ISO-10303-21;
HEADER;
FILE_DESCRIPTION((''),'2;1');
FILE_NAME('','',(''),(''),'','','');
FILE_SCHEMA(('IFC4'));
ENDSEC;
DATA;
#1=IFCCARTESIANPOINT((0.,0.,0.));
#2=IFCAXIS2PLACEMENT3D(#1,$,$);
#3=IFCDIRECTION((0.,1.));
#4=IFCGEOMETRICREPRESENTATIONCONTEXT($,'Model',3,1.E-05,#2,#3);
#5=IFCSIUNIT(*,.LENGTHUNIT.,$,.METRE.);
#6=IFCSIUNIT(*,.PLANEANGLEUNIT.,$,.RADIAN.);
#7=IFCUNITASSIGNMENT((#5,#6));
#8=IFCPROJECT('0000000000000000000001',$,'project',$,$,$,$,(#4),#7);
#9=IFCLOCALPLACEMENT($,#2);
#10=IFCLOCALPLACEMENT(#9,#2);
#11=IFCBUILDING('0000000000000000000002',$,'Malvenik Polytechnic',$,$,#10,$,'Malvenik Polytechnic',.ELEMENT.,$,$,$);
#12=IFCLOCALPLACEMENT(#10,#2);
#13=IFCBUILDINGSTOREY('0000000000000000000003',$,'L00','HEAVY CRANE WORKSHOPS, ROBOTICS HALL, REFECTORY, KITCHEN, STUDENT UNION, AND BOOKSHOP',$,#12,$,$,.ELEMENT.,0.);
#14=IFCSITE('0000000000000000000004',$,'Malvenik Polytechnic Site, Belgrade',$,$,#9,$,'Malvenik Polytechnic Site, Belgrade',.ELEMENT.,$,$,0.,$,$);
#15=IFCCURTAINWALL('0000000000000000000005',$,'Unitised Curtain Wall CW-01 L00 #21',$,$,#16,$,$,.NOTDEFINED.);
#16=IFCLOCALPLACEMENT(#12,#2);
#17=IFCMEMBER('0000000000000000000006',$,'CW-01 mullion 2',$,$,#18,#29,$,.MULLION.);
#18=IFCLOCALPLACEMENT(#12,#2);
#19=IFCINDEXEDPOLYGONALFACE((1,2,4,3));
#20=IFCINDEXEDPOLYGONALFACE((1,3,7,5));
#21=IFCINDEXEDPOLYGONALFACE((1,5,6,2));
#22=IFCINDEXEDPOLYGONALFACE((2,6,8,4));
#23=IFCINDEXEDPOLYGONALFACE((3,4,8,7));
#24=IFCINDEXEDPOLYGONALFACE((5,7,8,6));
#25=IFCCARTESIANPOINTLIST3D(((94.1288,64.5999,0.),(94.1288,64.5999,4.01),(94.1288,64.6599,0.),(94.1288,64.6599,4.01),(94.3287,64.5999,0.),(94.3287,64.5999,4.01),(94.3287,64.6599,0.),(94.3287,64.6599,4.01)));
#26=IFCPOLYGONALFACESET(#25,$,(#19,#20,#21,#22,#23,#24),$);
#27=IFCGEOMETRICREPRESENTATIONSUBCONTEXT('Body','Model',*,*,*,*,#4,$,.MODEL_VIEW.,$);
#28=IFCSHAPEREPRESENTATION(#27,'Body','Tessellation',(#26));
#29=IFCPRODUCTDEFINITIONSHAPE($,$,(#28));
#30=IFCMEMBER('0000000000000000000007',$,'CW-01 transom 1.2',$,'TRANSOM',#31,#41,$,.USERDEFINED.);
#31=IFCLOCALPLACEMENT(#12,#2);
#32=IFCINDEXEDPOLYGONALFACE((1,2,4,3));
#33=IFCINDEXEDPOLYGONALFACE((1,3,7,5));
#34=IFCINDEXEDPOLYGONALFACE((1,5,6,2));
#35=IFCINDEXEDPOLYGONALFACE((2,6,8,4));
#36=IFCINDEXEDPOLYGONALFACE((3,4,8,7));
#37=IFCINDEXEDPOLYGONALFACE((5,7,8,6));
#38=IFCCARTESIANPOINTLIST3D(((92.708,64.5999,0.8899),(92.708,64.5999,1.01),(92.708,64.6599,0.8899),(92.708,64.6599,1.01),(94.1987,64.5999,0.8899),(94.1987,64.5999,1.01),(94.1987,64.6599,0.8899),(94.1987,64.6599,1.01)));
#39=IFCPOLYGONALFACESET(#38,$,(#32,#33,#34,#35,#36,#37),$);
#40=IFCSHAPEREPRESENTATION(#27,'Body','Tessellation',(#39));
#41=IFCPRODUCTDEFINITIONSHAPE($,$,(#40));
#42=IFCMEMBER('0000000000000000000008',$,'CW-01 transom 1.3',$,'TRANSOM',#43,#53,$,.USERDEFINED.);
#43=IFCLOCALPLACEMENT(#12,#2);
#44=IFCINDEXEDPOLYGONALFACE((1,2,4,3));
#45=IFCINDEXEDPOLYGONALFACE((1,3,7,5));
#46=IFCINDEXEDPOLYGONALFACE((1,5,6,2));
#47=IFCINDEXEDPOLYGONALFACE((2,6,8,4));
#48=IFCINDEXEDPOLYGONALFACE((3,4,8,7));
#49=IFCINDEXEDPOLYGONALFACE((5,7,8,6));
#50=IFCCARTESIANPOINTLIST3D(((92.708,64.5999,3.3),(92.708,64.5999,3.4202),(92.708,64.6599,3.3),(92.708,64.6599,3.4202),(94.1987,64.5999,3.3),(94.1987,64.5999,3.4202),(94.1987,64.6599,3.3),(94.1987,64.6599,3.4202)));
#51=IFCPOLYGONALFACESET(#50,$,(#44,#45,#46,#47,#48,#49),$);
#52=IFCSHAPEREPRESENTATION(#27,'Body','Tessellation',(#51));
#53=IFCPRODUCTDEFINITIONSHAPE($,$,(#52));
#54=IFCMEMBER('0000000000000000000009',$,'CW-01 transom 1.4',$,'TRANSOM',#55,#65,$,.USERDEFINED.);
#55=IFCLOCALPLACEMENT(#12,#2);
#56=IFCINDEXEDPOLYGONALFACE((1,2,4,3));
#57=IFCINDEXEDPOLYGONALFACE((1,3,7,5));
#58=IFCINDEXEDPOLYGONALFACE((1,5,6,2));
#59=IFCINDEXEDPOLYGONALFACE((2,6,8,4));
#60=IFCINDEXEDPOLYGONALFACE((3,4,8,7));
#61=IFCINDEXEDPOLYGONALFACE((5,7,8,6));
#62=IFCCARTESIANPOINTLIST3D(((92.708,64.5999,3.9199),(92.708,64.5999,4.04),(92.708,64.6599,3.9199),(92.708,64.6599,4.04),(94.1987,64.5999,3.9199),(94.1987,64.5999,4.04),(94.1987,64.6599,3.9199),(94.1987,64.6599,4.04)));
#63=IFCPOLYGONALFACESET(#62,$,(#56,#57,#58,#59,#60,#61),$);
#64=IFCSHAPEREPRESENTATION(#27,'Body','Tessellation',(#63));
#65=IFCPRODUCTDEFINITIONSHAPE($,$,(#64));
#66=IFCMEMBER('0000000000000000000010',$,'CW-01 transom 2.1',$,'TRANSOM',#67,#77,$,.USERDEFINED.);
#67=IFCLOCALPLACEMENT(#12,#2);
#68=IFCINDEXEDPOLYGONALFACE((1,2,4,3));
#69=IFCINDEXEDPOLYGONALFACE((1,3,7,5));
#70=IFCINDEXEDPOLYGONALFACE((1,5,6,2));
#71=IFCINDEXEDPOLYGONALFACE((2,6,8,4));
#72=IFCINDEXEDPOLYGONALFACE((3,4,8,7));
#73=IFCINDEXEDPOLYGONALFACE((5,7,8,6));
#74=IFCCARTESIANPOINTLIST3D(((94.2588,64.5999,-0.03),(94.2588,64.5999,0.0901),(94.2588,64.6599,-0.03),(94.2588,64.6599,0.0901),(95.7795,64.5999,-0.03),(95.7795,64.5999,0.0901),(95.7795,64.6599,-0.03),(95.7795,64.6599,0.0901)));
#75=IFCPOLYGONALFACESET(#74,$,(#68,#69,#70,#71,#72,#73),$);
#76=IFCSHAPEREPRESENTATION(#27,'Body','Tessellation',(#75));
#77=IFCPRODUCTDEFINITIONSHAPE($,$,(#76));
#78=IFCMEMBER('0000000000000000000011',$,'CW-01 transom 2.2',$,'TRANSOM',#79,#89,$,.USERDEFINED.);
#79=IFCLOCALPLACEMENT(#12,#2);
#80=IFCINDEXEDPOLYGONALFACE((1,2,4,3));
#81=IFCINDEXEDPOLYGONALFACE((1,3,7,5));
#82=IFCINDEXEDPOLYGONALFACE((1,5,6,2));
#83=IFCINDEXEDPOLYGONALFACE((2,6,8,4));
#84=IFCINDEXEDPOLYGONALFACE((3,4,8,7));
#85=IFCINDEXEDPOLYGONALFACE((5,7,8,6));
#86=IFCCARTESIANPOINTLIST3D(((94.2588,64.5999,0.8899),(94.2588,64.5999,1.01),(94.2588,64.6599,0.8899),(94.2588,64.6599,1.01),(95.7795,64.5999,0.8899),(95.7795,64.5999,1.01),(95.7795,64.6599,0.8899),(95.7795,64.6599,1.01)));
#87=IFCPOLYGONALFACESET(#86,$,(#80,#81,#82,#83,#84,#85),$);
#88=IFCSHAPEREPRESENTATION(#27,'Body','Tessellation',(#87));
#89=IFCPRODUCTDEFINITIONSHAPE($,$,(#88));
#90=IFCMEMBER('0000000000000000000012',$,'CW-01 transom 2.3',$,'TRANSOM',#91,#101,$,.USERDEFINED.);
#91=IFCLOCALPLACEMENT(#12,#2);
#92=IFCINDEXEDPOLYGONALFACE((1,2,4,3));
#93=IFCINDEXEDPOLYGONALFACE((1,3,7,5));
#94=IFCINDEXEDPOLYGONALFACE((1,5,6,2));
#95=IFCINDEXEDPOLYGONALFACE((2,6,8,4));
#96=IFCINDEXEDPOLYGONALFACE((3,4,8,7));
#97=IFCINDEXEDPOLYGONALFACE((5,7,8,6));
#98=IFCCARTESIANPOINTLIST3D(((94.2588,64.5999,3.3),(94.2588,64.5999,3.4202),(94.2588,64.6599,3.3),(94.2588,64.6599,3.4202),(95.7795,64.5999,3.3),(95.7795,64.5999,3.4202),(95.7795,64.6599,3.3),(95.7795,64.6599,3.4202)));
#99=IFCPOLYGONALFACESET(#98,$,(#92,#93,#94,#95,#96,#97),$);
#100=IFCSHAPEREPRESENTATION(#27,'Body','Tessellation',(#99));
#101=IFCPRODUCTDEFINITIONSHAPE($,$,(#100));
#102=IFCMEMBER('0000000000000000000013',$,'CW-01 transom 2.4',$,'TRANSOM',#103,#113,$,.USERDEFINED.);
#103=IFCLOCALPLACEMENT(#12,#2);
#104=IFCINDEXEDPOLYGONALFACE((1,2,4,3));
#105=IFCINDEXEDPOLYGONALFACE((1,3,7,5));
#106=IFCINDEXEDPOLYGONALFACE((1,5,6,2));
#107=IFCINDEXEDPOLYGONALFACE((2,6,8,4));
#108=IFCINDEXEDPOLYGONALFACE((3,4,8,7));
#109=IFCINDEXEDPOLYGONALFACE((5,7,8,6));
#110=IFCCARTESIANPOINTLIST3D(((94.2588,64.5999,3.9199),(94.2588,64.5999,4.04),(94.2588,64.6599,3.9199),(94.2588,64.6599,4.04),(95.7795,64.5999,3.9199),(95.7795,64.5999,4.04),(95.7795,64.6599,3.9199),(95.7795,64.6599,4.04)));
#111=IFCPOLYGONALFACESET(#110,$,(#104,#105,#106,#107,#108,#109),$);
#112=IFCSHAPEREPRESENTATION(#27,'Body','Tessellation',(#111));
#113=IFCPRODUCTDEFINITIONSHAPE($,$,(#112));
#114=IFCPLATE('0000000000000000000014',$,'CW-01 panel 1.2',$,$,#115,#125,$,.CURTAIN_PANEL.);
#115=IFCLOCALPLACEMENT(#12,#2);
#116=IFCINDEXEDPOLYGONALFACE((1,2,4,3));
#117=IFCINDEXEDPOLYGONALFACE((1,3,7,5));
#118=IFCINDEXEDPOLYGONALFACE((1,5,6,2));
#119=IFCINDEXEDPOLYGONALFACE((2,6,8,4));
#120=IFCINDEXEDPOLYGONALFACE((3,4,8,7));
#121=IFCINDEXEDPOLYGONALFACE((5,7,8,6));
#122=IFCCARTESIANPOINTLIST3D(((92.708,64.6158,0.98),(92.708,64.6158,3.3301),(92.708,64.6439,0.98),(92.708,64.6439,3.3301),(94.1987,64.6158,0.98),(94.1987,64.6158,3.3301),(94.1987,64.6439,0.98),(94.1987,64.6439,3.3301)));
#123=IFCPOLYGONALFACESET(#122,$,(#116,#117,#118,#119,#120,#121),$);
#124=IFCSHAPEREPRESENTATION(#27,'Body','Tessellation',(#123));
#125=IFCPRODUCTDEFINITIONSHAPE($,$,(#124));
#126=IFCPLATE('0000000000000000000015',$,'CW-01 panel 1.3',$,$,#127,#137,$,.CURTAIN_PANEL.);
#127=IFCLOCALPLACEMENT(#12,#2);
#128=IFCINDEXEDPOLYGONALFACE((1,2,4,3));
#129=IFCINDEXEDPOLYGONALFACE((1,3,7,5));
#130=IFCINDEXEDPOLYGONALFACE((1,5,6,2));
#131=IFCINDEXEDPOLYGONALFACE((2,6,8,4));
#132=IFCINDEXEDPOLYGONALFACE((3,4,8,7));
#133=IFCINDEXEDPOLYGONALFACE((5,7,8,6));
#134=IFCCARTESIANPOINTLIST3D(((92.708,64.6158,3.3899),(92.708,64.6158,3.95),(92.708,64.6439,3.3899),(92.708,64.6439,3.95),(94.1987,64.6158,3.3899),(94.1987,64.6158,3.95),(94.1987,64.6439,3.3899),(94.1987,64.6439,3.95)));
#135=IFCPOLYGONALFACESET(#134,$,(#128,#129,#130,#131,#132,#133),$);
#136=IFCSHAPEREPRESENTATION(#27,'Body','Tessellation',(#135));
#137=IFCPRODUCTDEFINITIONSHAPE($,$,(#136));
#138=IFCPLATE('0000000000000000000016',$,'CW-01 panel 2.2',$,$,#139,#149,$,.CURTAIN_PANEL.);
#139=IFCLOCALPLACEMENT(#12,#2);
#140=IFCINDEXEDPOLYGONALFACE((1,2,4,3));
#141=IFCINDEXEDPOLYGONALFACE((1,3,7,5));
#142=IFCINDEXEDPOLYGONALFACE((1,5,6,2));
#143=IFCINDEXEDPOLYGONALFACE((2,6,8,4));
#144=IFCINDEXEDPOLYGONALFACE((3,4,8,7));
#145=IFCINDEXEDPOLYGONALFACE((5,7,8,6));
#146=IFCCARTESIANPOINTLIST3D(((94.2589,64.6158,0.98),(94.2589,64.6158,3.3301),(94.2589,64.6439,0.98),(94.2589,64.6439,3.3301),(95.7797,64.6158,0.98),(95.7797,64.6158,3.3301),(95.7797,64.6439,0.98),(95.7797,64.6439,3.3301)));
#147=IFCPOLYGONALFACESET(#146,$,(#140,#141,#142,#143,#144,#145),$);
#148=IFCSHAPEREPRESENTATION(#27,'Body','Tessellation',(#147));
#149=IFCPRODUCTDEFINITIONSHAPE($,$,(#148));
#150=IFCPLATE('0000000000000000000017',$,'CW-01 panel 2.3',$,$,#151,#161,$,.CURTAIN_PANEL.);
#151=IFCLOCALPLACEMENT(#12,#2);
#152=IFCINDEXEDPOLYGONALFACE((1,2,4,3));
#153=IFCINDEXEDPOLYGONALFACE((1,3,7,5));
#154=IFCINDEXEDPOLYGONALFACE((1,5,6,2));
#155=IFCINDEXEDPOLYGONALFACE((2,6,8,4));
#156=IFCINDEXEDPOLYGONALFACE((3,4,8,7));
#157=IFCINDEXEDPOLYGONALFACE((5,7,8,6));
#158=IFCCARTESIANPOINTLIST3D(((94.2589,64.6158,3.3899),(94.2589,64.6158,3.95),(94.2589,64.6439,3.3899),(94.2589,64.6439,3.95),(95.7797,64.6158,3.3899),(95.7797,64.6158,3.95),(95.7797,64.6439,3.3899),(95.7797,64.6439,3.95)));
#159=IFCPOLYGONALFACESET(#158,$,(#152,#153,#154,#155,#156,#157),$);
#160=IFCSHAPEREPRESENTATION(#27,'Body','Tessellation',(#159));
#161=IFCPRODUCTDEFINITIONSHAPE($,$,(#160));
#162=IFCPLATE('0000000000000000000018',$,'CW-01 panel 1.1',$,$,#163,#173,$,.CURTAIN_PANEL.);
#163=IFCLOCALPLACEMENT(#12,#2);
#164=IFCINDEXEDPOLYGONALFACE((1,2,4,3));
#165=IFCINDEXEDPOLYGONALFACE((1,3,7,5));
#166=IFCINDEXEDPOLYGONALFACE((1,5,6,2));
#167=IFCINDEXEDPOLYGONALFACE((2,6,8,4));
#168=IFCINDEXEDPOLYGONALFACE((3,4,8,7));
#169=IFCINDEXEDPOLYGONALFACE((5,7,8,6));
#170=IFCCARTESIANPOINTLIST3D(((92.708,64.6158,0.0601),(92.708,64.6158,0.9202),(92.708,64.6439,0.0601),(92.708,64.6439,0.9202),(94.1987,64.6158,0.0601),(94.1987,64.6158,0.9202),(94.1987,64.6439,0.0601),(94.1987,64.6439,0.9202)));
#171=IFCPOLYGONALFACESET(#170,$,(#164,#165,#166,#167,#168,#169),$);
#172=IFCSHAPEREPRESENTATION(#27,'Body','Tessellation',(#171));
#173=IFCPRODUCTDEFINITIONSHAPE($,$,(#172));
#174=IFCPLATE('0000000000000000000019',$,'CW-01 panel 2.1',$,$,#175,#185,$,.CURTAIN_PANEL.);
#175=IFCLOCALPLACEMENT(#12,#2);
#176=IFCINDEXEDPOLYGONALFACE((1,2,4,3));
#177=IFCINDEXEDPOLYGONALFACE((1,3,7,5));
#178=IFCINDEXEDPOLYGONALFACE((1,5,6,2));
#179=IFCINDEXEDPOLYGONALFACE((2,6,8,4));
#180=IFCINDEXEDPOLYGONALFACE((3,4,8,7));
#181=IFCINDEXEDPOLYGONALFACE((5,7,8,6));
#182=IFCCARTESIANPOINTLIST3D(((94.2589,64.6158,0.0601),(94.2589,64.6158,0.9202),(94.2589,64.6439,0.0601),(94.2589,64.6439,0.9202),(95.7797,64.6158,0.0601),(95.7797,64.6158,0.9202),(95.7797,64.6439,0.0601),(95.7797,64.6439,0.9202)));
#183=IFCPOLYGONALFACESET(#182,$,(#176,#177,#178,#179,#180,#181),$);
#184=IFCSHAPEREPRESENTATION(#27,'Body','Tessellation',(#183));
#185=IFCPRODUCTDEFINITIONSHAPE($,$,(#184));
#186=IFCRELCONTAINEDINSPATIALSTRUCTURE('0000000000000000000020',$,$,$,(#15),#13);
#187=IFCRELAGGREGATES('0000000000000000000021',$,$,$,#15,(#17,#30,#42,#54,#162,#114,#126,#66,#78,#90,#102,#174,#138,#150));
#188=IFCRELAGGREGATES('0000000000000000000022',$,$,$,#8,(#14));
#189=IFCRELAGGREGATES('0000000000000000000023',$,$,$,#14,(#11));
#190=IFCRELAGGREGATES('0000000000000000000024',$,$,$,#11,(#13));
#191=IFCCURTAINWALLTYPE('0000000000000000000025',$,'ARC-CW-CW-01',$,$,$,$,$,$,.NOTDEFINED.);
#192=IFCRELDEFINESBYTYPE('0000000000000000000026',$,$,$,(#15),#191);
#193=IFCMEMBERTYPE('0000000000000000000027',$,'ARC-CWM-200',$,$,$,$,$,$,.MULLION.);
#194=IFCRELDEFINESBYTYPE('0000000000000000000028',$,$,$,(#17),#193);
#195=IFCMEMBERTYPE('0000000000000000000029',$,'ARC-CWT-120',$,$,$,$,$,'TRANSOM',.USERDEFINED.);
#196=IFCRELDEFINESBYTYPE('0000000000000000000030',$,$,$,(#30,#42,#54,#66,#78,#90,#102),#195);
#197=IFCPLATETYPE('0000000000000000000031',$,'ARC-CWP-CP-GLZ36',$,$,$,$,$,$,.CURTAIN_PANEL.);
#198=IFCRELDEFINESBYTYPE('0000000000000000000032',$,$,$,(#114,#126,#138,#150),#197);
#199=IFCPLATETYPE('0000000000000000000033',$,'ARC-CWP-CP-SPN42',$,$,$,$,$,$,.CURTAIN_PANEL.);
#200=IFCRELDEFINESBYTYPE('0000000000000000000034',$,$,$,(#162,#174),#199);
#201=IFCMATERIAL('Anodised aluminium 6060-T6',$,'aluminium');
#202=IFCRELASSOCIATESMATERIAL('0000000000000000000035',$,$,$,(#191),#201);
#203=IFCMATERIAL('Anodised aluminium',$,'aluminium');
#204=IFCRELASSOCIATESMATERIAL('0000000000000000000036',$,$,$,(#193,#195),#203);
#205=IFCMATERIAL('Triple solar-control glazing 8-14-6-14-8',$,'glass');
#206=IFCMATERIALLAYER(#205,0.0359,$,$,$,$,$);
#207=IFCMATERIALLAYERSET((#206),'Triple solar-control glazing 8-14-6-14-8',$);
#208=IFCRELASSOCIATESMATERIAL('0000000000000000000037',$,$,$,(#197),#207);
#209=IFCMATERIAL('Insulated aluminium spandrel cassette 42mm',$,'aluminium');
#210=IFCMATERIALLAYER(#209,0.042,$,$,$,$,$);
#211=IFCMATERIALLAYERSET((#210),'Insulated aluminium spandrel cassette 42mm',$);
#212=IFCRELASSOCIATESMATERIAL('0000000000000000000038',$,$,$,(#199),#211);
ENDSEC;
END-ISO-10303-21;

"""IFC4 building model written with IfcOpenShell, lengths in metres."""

from ifc_helpers import new_model, si_unit, direction, frame, origin, origin_2d, place, context, subcontext, project, spatial, rectangle, extrude, material, layer, layer_set, material_profile, profile_set, type_object, element, aggregate, save


model = new_model("IFC4")

# Units and contexts
model_context = context("Model", 3, precision=1e-05, world=origin(), true_north=direction((0.0, 1.0)))
body_context = subcontext(model_context, "Body", "Model", "MODEL_VIEW")
ifc_project = project(units=[si_unit("LENGTHUNIT", "METRE"), si_unit("PLANEANGLEUNIT", "RADIAN")], contexts=[model_context])

# Site, building, storey
site_placement = place(None, origin())
site = spatial("IfcSite", under=ifc_project, at=site_placement, Name="Malvenik Polytechnic Site, Belgrade", LongName="Malvenik Polytechnic Site, Belgrade", CompositionType="ELEMENT", RefElevation=0.0)
building_placement = place(site_placement, origin())
building = spatial("IfcBuilding", under=site, at=building_placement, Name="Malvenik Polytechnic", LongName="Malvenik Polytechnic", CompositionType="ELEMENT")
storey_placement = place(building_placement, origin())
storey = spatial("IfcBuildingStorey", under=building, at=storey_placement, Name="L00", Description="HEAVY CRANE WORKSHOPS, ROBOTICS HALL, REFECTORY, KITCHEN, STUDENT UNION, AND BOOKSHOP", CompositionType="ELEMENT", Elevation=0.0)

# Curtain wall, members, plates
ifc_material_1 = material(Name="Anodised aluminium 6060-T6", Category="aluminium")
curtain_wall_type = type_object("IfcCurtainWallType", Name="ARC-CW-CW-01", PredefinedType="NOTDEFINED", material=ifc_material_1)
curtain_wall_placement = place(storey_placement, origin())
curtain_wall = element("IfcCurtainWall", 1, at=curtain_wall_placement, inside=storey, type_object=curtain_wall_type, Name="Unitised Curtain Wall CW-01 L00 #21", PredefinedType="NOTDEFINED")
ifc_material_2 = material(Name="Anodised aluminium", Category="aluminium")
ifc_material_profile_1 = material_profile(ifc_material_2, rectangle(XDim=0.0601, YDim=0.2, at=origin_2d()), Name="ALU MULLION 60x200")
ifc_profile_set_1 = profile_set([ifc_material_profile_1], Name="Anodised aluminium")
member_type_1 = type_object("IfcMemberType", Name="ARC-CWM-200", PredefinedType="MULLION", material=ifc_profile_set_1)
member_1_placement = place(storey_placement, frame((94.2288, 64.6299, 0.0), z_axis=(0.0, 0.0, 1.0), x_axis=(0.0, 1.0, 0.0)))
member_1 = element("IfcMember", 2, at=member_1_placement, type_object=member_type_1, Name="CW-01 mullion 2", PredefinedType="MULLION", context=body_context, shape_type="SweptSolid", body=[
    extrude(rectangle(XDim=0.0601, YDim=0.2, at=origin_2d()), origin(), (0.0, 0.0, 1.0), 4.01),
])
ifc_material_profile_2 = material_profile(ifc_material_2, rectangle(XDim=0.0601, YDim=0.1201, at=origin_2d()), Name="ALU TRANSOM 60x120")
ifc_profile_set_2 = profile_set([ifc_material_profile_2], Name="Anodised aluminium")
member_type_2 = type_object("IfcMemberType", Name="ARC-CWT-120", ElementType="TRANSOM", PredefinedType="USERDEFINED", material=ifc_profile_set_2)
member_2_placement = place(storey_placement, frame((92.708, 64.6299, 0.95), z_axis=(1.0, 0.0, 0.0), x_axis=(0.0, 1.0, 0.0)))
member_2 = element("IfcMember", 3, at=member_2_placement, type_object=member_type_2, Name="CW-01 transom 1.2", ObjectType="TRANSOM", PredefinedType="USERDEFINED", context=body_context, shape_type="SweptSolid", body=[
    extrude(rectangle(XDim=0.0601, YDim=0.1201, at=origin_2d()), origin(), (0.0, 0.0, 1.0), 1.4907),
])
member_3_placement = place(storey_placement, frame((92.708, 64.6299, 3.3601), z_axis=(1.0, 0.0, 0.0), x_axis=(0.0, 1.0, 0.0)))
member_3 = element("IfcMember", 4, at=member_3_placement, type_object=member_type_2, Name="CW-01 transom 1.3", ObjectType="TRANSOM", PredefinedType="USERDEFINED", context=body_context, shape_type="SweptSolid", body=[
    extrude(rectangle(XDim=0.0601, YDim=0.1201, at=origin_2d()), origin(), (0.0, 0.0, 1.0), 1.4907),
])
member_4_placement = place(storey_placement, frame((92.708, 64.6299, 3.98), z_axis=(1.0, 0.0, 0.0), x_axis=(0.0, 1.0, 0.0)))
member_4 = element("IfcMember", 5, at=member_4_placement, type_object=member_type_2, Name="CW-01 transom 1.4", ObjectType="TRANSOM", PredefinedType="USERDEFINED", context=body_context, shape_type="SweptSolid", body=[
    extrude(rectangle(XDim=0.0601, YDim=0.1201, at=origin_2d()), origin(), (0.0, 0.0, 1.0), 1.4907),
])
member_5_placement = place(storey_placement, frame((94.2588, 64.6299, 0.03), z_axis=(1.0, 0.0, 0.0), x_axis=(0.0, 1.0, 0.0)))
member_5 = element("IfcMember", 6, at=member_5_placement, type_object=member_type_2, Name="CW-01 transom 2.1", ObjectType="TRANSOM", PredefinedType="USERDEFINED", context=body_context, shape_type="SweptSolid", body=[
    extrude(rectangle(XDim=0.0601, YDim=0.1201, at=origin_2d()), origin(), (0.0, 0.0, 1.0), 1.5208),
])
member_6_placement = place(storey_placement, frame((94.2588, 64.6299, 0.95), z_axis=(1.0, 0.0, 0.0), x_axis=(0.0, 1.0, 0.0)))
member_6 = element("IfcMember", 7, at=member_6_placement, type_object=member_type_2, Name="CW-01 transom 2.2", ObjectType="TRANSOM", PredefinedType="USERDEFINED", context=body_context, shape_type="SweptSolid", body=[
    extrude(rectangle(XDim=0.0601, YDim=0.1201, at=origin_2d()), origin(), (0.0, 0.0, 1.0), 1.5208),
])
member_7_placement = place(storey_placement, frame((94.2588, 64.6299, 3.3601), z_axis=(1.0, 0.0, 0.0), x_axis=(0.0, 1.0, 0.0)))
member_7 = element("IfcMember", 8, at=member_7_placement, type_object=member_type_2, Name="CW-01 transom 2.3", ObjectType="TRANSOM", PredefinedType="USERDEFINED", context=body_context, shape_type="SweptSolid", body=[
    extrude(rectangle(XDim=0.0601, YDim=0.1201, at=origin_2d()), origin(), (0.0, 0.0, 1.0), 1.5208),
])
member_8_placement = place(storey_placement, frame((94.2588, 64.6299, 3.98), z_axis=(1.0, 0.0, 0.0), x_axis=(0.0, 1.0, 0.0)))
member_8 = element("IfcMember", 9, at=member_8_placement, type_object=member_type_2, Name="CW-01 transom 2.4", ObjectType="TRANSOM", PredefinedType="USERDEFINED", context=body_context, shape_type="SweptSolid", body=[
    extrude(rectangle(XDim=0.0601, YDim=0.1201, at=origin_2d()), origin(), (0.0, 0.0, 1.0), 1.5208),
])
ifc_material_3 = material(Name="Triple solar-control glazing 8-14-6-14-8", Category="glass")
ifc_layer_1 = layer(ifc_material_3, 0.0359)
ifc_layer_set_1 = layer_set([ifc_layer_1], Name="Triple solar-control glazing 8-14-6-14-8")
plate_type_1 = type_object("IfcPlateType", Name="ARC-CWP-CP-GLZ36", PredefinedType="CURTAIN_PANEL", material=ifc_layer_set_1)
plate_1_placement = place(storey_placement, frame((93.4534, 64.6299, 0.98), z_axis=(0.0, 0.0, 1.0), x_axis=(1.0, 0.0, 0.0)))
plate_1 = element("IfcPlate", 10, at=plate_1_placement, type_object=plate_type_1, Name="CW-01 panel 1.2", PredefinedType="CURTAIN_PANEL", context=body_context, shape_type="SweptSolid", body=[
    extrude(rectangle(XDim=1.4907, YDim=0.0281, at=origin_2d()), origin(), (0.0, 0.0, 1.0), 2.3501),
])
plate_2_placement = place(storey_placement, frame((93.4534, 64.6299, 3.3899), z_axis=(0.0, 0.0, 1.0), x_axis=(1.0, 0.0, 0.0)))
plate_2 = element("IfcPlate", 11, at=plate_2_placement, type_object=plate_type_1, Name="CW-01 panel 1.3", PredefinedType="CURTAIN_PANEL", context=body_context, shape_type="SweptSolid", body=[
    extrude(rectangle(XDim=1.4907, YDim=0.0281, at=origin_2d()), origin(), (0.0, 0.0, 1.0), 0.5601),
])
plate_3_placement = place(storey_placement, frame((95.0193, 64.6299, 0.98), z_axis=(0.0, 0.0, 1.0), x_axis=(1.0, 0.0, 0.0)))
plate_3 = element("IfcPlate", 12, at=plate_3_placement, type_object=plate_type_1, Name="CW-01 panel 2.2", PredefinedType="CURTAIN_PANEL", context=body_context, shape_type="SweptSolid", body=[
    extrude(rectangle(XDim=1.5208, YDim=0.0281, at=origin_2d()), origin(), (0.0, 0.0, 1.0), 2.3501),
])
plate_4_placement = place(storey_placement, frame((95.0193, 64.6299, 3.3899), z_axis=(0.0, 0.0, 1.0), x_axis=(1.0, 0.0, 0.0)))
plate_4 = element("IfcPlate", 13, at=plate_4_placement, type_object=plate_type_1, Name="CW-01 panel 2.3", PredefinedType="CURTAIN_PANEL", context=body_context, shape_type="SweptSolid", body=[
    extrude(rectangle(XDim=1.5208, YDim=0.0281, at=origin_2d()), origin(), (0.0, 0.0, 1.0), 0.5601),
])
ifc_material_4 = material(Name="Insulated aluminium spandrel cassette 42mm", Category="aluminium")
ifc_layer_2 = layer(ifc_material_4, 0.042)
ifc_layer_set_2 = layer_set([ifc_layer_2], Name="Insulated aluminium spandrel cassette 42mm")
plate_type_2 = type_object("IfcPlateType", Name="ARC-CWP-CP-SPN42", PredefinedType="CURTAIN_PANEL", material=ifc_layer_set_2)
plate_5_placement = place(storey_placement, frame((93.4534, 64.6299, 0.0601), z_axis=(0.0, 0.0, 1.0), x_axis=(1.0, 0.0, 0.0)))
plate_5 = element("IfcPlate", 14, at=plate_5_placement, type_object=plate_type_2, Name="CW-01 panel 1.1", PredefinedType="CURTAIN_PANEL", context=body_context, shape_type="SweptSolid", body=[
    extrude(rectangle(XDim=1.4907, YDim=0.0281, at=origin_2d()), origin(), (0.0, 0.0, 1.0), 0.8601),
])
plate_6_placement = place(storey_placement, frame((95.0193, 64.6299, 0.0601), z_axis=(0.0, 0.0, 1.0), x_axis=(1.0, 0.0, 0.0)))
plate_6 = element("IfcPlate", 15, at=plate_6_placement, type_object=plate_type_2, Name="CW-01 panel 2.1", PredefinedType="CURTAIN_PANEL", context=body_context, shape_type="SweptSolid", body=[
    extrude(rectangle(XDim=1.5208, YDim=0.0281, at=origin_2d()), origin(), (0.0, 0.0, 1.0), 0.8601),
])
aggregate(curtain_wall, [member_1, member_2, member_3, member_4, plate_5, plate_1, plate_2, member_5, member_6, member_7, member_8, plate_6, plate_3, plate_4])

save(model, "model.ifc")
